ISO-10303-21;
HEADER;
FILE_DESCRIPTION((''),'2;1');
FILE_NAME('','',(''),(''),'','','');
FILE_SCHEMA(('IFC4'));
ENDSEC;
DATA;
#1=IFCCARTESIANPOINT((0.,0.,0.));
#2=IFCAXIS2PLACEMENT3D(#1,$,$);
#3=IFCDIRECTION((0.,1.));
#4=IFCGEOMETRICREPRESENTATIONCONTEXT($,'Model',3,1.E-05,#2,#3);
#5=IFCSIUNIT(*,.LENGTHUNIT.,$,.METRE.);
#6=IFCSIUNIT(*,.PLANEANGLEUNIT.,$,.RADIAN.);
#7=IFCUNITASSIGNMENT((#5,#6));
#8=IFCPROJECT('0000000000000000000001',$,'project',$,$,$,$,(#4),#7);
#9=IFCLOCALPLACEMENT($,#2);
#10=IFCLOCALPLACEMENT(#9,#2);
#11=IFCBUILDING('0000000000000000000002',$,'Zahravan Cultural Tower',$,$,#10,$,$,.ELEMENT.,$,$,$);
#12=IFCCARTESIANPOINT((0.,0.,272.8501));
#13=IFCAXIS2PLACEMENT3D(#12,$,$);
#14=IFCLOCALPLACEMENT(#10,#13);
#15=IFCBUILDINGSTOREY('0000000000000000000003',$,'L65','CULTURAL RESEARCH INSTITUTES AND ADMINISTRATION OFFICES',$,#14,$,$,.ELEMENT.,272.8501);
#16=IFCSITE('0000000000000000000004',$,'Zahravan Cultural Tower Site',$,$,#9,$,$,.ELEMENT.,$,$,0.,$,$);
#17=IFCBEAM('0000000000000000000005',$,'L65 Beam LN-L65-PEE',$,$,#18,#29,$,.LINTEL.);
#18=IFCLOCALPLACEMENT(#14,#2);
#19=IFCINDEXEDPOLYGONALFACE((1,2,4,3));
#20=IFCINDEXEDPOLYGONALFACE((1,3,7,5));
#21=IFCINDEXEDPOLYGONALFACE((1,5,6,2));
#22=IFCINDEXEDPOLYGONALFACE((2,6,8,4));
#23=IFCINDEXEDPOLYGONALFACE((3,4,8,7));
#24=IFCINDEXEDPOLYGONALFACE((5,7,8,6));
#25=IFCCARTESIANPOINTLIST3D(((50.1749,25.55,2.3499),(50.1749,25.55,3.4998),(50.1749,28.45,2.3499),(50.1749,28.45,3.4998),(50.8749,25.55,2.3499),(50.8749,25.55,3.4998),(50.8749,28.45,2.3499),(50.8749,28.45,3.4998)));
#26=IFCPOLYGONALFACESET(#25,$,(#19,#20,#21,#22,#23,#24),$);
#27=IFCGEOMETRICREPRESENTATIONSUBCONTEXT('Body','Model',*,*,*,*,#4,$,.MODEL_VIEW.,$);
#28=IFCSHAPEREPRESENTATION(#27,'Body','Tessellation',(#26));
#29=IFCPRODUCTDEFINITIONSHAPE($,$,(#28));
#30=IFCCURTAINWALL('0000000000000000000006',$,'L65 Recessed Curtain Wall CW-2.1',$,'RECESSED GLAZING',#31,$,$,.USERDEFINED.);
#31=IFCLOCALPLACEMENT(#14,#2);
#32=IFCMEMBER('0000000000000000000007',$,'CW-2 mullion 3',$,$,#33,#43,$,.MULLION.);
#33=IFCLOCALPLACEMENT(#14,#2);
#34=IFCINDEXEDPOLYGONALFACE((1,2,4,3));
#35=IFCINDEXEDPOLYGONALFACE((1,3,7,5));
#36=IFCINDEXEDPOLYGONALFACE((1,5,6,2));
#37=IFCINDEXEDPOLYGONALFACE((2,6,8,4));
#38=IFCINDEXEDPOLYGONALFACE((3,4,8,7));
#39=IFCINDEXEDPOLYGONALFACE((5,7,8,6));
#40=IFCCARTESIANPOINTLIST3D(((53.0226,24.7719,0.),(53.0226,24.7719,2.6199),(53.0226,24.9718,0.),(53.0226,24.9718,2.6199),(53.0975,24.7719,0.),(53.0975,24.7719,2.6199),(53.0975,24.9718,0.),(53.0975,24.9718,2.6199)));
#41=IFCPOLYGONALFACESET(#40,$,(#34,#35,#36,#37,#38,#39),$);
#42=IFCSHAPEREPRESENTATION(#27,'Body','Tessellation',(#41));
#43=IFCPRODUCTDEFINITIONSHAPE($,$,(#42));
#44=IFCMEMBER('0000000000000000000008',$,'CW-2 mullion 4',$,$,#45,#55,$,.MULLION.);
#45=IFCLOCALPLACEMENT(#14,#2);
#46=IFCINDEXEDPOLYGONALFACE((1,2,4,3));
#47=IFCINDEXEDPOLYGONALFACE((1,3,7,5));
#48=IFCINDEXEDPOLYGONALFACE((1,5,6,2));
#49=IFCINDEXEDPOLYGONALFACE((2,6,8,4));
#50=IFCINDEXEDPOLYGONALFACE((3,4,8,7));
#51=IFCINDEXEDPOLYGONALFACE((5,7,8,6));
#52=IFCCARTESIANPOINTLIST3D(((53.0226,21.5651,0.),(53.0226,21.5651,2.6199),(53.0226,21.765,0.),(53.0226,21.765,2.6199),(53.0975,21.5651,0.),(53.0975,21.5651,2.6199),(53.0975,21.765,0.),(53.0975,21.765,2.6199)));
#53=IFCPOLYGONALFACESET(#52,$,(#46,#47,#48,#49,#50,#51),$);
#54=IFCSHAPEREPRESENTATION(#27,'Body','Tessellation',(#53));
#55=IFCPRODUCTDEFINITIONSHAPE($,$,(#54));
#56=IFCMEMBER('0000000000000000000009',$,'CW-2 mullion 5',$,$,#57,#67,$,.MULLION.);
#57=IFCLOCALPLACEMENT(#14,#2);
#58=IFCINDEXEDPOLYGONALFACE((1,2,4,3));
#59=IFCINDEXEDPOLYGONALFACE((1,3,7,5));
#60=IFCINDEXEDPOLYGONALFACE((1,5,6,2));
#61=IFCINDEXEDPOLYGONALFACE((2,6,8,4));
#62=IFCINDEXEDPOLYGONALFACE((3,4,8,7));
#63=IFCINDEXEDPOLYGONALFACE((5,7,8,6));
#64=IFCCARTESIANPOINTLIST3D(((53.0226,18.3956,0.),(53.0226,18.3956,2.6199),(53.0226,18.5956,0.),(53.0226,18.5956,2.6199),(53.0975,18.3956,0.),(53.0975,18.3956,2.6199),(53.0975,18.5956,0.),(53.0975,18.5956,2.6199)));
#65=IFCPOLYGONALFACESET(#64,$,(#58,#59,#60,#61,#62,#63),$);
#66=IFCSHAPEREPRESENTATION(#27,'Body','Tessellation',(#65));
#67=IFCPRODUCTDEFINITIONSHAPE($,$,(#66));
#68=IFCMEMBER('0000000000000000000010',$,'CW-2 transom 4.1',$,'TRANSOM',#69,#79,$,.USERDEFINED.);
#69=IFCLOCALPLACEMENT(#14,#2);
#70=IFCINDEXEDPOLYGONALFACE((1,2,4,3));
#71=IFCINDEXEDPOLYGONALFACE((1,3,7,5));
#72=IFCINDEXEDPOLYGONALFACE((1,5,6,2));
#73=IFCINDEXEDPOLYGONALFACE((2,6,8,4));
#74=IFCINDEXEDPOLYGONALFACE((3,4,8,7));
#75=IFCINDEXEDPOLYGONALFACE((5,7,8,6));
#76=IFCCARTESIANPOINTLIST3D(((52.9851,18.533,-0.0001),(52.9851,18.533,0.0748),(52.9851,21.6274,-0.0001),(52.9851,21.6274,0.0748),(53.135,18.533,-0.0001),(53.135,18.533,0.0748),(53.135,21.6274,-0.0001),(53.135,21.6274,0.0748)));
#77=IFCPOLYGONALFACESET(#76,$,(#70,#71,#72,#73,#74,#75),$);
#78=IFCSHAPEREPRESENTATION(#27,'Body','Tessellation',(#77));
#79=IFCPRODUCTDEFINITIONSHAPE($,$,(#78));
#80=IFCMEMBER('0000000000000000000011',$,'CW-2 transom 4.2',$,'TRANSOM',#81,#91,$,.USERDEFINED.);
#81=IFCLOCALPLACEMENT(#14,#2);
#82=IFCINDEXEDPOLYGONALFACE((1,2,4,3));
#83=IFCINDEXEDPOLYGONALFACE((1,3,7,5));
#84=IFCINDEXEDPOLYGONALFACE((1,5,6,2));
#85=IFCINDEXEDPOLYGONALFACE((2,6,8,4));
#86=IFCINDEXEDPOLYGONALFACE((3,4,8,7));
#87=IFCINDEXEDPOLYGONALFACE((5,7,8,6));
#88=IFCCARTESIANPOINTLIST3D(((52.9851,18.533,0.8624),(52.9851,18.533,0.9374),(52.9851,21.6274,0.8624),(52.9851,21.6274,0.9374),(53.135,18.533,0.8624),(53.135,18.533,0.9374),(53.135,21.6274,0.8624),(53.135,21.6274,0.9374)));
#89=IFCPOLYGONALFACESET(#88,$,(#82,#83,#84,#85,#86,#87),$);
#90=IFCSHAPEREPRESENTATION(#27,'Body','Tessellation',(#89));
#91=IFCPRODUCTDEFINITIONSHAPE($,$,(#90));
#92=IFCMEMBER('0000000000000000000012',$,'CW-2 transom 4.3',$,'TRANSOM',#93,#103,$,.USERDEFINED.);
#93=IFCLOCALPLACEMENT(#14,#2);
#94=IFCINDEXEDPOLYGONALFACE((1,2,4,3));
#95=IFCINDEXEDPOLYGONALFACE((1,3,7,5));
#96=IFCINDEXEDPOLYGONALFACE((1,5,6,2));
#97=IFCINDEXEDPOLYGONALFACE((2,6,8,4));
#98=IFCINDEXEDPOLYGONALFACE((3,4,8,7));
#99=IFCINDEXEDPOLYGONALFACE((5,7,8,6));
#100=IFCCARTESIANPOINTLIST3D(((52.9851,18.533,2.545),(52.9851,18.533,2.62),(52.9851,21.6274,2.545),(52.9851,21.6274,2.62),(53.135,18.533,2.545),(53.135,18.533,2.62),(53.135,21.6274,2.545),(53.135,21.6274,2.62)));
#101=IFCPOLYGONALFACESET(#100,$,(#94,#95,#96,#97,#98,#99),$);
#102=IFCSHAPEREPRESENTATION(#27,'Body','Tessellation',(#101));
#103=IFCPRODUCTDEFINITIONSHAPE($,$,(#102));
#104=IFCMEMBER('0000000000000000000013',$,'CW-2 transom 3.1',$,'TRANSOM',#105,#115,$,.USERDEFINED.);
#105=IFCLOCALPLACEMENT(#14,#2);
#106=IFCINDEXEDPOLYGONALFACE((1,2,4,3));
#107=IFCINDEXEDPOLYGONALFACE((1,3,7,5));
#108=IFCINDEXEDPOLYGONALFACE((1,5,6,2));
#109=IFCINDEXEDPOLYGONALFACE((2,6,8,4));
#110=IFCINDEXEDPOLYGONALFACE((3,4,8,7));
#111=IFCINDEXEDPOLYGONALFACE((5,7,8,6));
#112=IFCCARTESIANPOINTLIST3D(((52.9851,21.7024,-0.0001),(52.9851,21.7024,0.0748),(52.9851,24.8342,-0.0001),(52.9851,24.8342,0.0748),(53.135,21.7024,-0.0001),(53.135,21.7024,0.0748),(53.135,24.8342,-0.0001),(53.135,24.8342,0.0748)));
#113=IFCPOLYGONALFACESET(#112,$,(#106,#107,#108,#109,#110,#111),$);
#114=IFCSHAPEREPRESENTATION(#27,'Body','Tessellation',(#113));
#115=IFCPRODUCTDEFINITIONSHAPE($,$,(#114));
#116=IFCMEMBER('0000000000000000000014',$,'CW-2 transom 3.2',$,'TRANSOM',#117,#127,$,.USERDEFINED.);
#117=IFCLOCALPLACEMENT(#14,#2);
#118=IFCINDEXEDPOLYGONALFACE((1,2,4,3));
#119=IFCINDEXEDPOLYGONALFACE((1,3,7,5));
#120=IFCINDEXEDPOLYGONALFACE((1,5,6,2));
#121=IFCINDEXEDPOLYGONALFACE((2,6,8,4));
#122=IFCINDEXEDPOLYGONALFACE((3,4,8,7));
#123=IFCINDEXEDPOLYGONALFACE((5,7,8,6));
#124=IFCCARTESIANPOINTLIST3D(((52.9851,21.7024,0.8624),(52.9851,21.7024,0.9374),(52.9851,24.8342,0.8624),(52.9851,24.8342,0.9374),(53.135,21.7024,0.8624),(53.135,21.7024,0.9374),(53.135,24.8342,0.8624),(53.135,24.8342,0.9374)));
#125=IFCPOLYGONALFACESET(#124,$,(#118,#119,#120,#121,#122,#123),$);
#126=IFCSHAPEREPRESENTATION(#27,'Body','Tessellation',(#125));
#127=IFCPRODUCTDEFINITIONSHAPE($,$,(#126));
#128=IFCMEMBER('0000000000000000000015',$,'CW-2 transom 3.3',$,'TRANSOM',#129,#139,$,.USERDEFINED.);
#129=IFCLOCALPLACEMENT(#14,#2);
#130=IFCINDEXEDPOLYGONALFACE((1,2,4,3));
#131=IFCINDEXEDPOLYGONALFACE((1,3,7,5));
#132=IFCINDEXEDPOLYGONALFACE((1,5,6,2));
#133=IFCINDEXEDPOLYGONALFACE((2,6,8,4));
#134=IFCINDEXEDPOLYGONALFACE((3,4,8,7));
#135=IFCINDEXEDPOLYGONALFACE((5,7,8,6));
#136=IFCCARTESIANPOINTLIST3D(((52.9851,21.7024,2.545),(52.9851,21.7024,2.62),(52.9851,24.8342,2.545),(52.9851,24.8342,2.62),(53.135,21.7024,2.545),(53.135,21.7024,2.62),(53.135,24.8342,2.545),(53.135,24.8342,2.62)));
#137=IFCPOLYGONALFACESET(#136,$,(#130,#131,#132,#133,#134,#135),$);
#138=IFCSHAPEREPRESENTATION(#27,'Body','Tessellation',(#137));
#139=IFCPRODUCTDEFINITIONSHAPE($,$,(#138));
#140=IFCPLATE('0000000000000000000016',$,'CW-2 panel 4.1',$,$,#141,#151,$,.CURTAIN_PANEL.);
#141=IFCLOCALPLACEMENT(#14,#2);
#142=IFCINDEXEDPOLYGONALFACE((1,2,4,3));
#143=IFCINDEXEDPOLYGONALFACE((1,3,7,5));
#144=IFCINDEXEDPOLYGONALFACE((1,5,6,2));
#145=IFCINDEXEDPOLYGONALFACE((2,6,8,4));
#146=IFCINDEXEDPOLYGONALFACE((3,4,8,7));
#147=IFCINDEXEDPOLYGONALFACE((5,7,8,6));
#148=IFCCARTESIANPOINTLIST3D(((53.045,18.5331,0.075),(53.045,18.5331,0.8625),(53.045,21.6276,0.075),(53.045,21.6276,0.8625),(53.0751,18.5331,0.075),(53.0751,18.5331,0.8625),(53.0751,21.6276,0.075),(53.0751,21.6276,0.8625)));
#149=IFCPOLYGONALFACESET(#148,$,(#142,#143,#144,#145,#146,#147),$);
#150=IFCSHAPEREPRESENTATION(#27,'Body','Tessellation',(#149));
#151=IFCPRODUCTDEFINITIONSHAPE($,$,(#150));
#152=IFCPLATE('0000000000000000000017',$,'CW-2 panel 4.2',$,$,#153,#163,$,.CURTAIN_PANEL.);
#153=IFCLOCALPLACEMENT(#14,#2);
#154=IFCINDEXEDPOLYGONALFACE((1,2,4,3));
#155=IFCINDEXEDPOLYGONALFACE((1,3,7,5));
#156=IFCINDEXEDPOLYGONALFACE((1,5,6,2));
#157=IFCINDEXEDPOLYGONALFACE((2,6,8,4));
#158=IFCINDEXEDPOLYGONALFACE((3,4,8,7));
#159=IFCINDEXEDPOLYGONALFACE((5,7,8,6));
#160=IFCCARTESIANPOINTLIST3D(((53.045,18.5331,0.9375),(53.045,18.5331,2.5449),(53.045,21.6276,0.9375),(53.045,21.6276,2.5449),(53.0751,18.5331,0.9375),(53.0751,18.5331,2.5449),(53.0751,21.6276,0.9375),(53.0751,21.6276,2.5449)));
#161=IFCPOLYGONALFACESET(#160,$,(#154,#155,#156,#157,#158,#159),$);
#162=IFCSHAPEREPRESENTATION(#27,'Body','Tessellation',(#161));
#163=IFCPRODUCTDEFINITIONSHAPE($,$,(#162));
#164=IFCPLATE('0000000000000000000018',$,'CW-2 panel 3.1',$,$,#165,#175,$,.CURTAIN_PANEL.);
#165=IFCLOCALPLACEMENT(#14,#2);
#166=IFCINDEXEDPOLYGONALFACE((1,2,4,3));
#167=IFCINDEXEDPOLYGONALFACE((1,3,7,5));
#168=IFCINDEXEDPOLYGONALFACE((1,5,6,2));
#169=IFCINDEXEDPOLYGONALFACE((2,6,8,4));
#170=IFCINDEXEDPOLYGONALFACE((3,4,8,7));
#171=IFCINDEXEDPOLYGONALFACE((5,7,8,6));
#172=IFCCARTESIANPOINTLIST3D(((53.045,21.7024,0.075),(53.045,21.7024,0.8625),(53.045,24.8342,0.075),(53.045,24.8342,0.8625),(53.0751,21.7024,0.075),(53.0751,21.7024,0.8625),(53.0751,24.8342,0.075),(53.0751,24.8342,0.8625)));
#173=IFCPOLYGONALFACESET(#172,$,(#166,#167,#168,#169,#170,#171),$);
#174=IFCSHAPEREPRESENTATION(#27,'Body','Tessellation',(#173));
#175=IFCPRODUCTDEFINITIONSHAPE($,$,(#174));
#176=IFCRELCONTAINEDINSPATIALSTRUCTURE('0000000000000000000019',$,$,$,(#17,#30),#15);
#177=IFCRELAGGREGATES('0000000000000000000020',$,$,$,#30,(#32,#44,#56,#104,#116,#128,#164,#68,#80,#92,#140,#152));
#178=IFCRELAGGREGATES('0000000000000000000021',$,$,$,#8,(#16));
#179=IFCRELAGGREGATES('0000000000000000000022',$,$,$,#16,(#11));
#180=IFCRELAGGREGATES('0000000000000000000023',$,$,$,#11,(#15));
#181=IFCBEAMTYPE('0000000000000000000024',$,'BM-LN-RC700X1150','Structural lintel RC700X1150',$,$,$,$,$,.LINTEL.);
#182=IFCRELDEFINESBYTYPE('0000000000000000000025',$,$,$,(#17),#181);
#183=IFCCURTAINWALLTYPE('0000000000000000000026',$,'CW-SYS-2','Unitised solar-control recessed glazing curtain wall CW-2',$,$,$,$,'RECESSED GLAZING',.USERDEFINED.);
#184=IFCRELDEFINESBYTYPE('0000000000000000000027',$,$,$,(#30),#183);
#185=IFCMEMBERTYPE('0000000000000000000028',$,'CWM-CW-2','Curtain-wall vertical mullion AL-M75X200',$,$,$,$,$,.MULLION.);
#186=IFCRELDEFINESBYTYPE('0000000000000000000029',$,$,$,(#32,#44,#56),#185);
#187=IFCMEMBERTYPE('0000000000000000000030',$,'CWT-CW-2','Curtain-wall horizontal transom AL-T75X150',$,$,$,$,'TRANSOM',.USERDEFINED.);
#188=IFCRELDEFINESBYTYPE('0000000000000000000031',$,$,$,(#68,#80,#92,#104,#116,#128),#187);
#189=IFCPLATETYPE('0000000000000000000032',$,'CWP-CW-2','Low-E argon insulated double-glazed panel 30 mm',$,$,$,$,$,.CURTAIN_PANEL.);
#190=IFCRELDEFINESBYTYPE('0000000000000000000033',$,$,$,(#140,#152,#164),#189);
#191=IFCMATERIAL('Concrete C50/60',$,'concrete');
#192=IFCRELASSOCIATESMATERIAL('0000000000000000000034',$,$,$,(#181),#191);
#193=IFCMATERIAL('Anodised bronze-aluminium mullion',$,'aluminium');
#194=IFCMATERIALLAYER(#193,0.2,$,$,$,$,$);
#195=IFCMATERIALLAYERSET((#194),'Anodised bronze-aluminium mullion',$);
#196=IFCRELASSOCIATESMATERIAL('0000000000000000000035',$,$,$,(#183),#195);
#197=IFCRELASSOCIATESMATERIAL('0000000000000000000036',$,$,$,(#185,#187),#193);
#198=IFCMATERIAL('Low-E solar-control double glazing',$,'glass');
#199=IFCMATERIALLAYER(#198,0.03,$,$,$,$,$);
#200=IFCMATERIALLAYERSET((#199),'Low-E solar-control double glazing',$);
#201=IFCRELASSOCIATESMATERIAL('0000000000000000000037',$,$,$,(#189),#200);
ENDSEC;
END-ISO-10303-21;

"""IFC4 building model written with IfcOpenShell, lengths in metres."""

from ifc_helpers import new_model, si_unit, direction, frame, origin, origin_2d, place, context, subcontext, project, spatial, rectangle, extrude, source, transform, mapped, material, layer, layer_set, material_profile, profile_set, type_object, element, aggregate, save


model = new_model("IFC4")

# Units and contexts
model_context = context("Model", 3, precision=1e-05, world=origin(), true_north=direction((0.0, 1.0)))
body_context = subcontext(model_context, "Body", "Model", "MODEL_VIEW")
ifc_project = project(units=[si_unit("LENGTHUNIT", "METRE"), si_unit("PLANEANGLEUNIT", "RADIAN")], contexts=[model_context])

# Site, building, storey
site_placement = place(None, origin())
site = spatial("IfcSite", under=ifc_project, at=site_placement, Name="Zahravan Cultural Tower Site", CompositionType="ELEMENT", RefElevation=0.0)
building_placement = place(site_placement, origin())
building = spatial("IfcBuilding", under=site, at=building_placement, Name="Zahravan Cultural Tower", CompositionType="ELEMENT")
storey_placement = place(building_placement, frame((0.0, 0.0, 272.8501)))
storey = spatial("IfcBuildingStorey", under=building, at=storey_placement, Name="L65", Description="CULTURAL RESEARCH INSTITUTES AND ADMINISTRATION OFFICES", CompositionType="ELEMENT", Elevation=272.8501)

# Beam
ifc_material_1 = material(Name="Concrete C50/60", Category="concrete")
ifc_material_profile_1 = material_profile(ifc_material_1, rectangle(XDim=0.7, YDim=1.1499, at=origin_2d()), Name="RC700X1150")
ifc_profile_set_1 = profile_set([ifc_material_profile_1], Name="Concrete C50/60")
beam_type = type_object("IfcBeamType", Name="BM-LN-RC700X1150", Description="Structural lintel RC700X1150", PredefinedType="LINTEL", material=ifc_profile_set_1)
shared_shape_1 = source(origin(), body_context, "Body", "SweptSolid", [
    extrude(rectangle(XDim=0.7, YDim=1.1499, at=origin_2d()), origin(), (0.0, 0.0, 1.0), 2.8999),
])
beam_placement = place(storey_placement, frame((50.5249, 25.55, 2.9248), z_axis=(0.0, 1.0, 0.0), x_axis=(-1.0, 0.0, 0.0)))
element("IfcBeam", 1, at=beam_placement, inside=storey, type_object=beam_type, Name="L65 Beam LN-L65-PEE", PredefinedType="LINTEL", context=body_context, shape_type="MappedRepresentation", body=[
    mapped(shared_shape_1, transform((0.0, 0.0, 0.0), x_axis=(1.0, 0.0, 0.0), y_axis=(0.0, 1.0, 0.0), z_axis=(0.0, 0.0, 1.0), scale=1.0)),
])

# Curtain wall, members, plates
ifc_material_2 = material(Name="Anodised bronze-aluminium mullion", Category="aluminium")
ifc_layer_1 = layer(ifc_material_2, 0.2)
ifc_layer_set_1 = layer_set([ifc_layer_1], Name="Anodised bronze-aluminium mullion")
curtain_wall_type = type_object("IfcCurtainWallType", Name="CW-SYS-2", Description="Unitised solar-control recessed glazing curtain wall CW-2", ElementType="RECESSED GLAZING", PredefinedType="USERDEFINED", material=ifc_layer_set_1)
curtain_wall_placement = place(storey_placement, origin())
curtain_wall = element("IfcCurtainWall", 2, at=curtain_wall_placement, inside=storey, type_object=curtain_wall_type, Name="L65 Recessed Curtain Wall CW-2.1", ObjectType="RECESSED GLAZING", PredefinedType="USERDEFINED")
ifc_material_profile_2 = material_profile(ifc_material_2, rectangle(XDim=0.075, YDim=0.2, at=origin_2d()), Name="AL-M75X200")
ifc_profile_set_2 = profile_set([ifc_material_profile_2], Name="Anodised bronze-aluminium mullion")
member_type_1 = type_object("IfcMemberType", Name="CWM-CW-2", Description="Curtain-wall vertical mullion AL-M75X200", PredefinedType="MULLION", material=ifc_profile_set_2)
shared_shape_2 = source(origin(), body_context, "Body", "SweptSolid", [
    extrude(rectangle(XDim=0.075, YDim=0.2, at=origin_2d()), origin(), (0.0, 0.0, 1.0), 2.6199),
])
member_1_placement = place(storey_placement, frame((53.0601, 24.8718, 0.0), z_axis=(0.0, 0.0, 1.0), x_axis=(1.0, 0.0, 0.0)))
member_1 = element("IfcMember", 3, at=member_1_placement, type_object=member_type_1, Name="CW-2 mullion 3", PredefinedType="MULLION", context=body_context, shape_type="MappedRepresentation", body=[
    mapped(shared_shape_2, transform((0.0, 0.0, 0.0), x_axis=(1.0, 0.0, 0.0), y_axis=(0.0, 1.0, 0.0), z_axis=(0.0, 0.0, 1.0), scale=1.0)),
])
member_2_placement = place(storey_placement, frame((53.0601, 21.665, 0.0), z_axis=(0.0, 0.0, 1.0), x_axis=(1.0, 0.0, 0.0)))
member_2 = element("IfcMember", 4, at=member_2_placement, type_object=member_type_1, Name="CW-2 mullion 4", PredefinedType="MULLION", context=body_context, shape_type="MappedRepresentation", body=[
    mapped(shared_shape_2, transform((0.0, 0.0, 0.0), x_axis=(1.0, 0.0, 0.0), y_axis=(0.0, 1.0, 0.0), z_axis=(0.0, 0.0, 1.0), scale=1.0)),
])
member_3_placement = place(storey_placement, frame((53.0601, 18.4956, 0.0), z_axis=(0.0, 0.0, 1.0), x_axis=(1.0, 0.0, 0.0)))
member_3 = element("IfcMember", 5, at=member_3_placement, type_object=member_type_1, Name="CW-2 mullion 5", PredefinedType="MULLION", context=body_context, shape_type="MappedRepresentation", body=[
    mapped(shared_shape_2, transform((0.0, 0.0, 0.0), x_axis=(1.0, 0.0, 0.0), y_axis=(0.0, 1.0, 0.0), z_axis=(0.0, 0.0, 1.0), scale=1.0)),
])
ifc_material_profile_3 = material_profile(ifc_material_2, rectangle(XDim=0.1499, YDim=0.075, at=origin_2d()), Name="AL-T75X150")
ifc_profile_set_3 = profile_set([ifc_material_profile_3], Name="Anodised bronze-aluminium mullion")
member_type_2 = type_object("IfcMemberType", Name="CWT-CW-2", Description="Curtain-wall horizontal transom AL-T75X150", ElementType="TRANSOM", PredefinedType="USERDEFINED", material=ifc_profile_set_3)
shared_shape_3 = source(origin(), body_context, "Body", "SweptSolid", [
    extrude(rectangle(XDim=0.1499, YDim=0.075, at=origin_2d()), origin(), (0.0, 0.0, 1.0), 3.0945),
])
member_4_placement = place(storey_placement, frame((53.0601, 21.6274, 0.0374), z_axis=(0.0, -1.0, 0.0), x_axis=(1.0, 0.0, 0.0)))
member_4 = element("IfcMember", 6, at=member_4_placement, type_object=member_type_2, Name="CW-2 transom 4.1", ObjectType="TRANSOM", PredefinedType="USERDEFINED", context=body_context, shape_type="MappedRepresentation", body=[
    mapped(shared_shape_3, transform((0.0, 0.0, 0.0), x_axis=(1.0, 0.0, 0.0), y_axis=(0.0, 1.0, 0.0), z_axis=(0.0, 0.0, 1.0), scale=1.0)),
])
member_5_placement = place(storey_placement, frame((53.0601, 21.6274, 0.8999), z_axis=(0.0, -1.0, 0.0), x_axis=(1.0, 0.0, 0.0)))
member_5 = element("IfcMember", 7, at=member_5_placement, type_object=member_type_2, Name="CW-2 transom 4.2", ObjectType="TRANSOM", PredefinedType="USERDEFINED", context=body_context, shape_type="MappedRepresentation", body=[
    mapped(shared_shape_3, transform((0.0, 0.0, 0.0), x_axis=(1.0, 0.0, 0.0), y_axis=(0.0, 1.0, 0.0), z_axis=(0.0, 0.0, 1.0), scale=1.0)),
])
member_6_placement = place(storey_placement, frame((53.0601, 21.6274, 2.5825), z_axis=(0.0, -1.0, 0.0), x_axis=(1.0, 0.0, 0.0)))
member_6 = element("IfcMember", 8, at=member_6_placement, type_object=member_type_2, Name="CW-2 transom 4.3", ObjectType="TRANSOM", PredefinedType="USERDEFINED", context=body_context, shape_type="MappedRepresentation", body=[
    mapped(shared_shape_3, transform((0.0, 0.0, 0.0), x_axis=(1.0, 0.0, 0.0), y_axis=(0.0, 1.0, 0.0), z_axis=(0.0, 0.0, 1.0), scale=1.0)),
])
shared_shape_4 = source(origin(), body_context, "Body", "SweptSolid", [
    extrude(rectangle(XDim=0.1499, YDim=0.075, at=origin_2d()), origin(), (0.0, 0.0, 1.0), 3.1318),
])
member_7_placement = place(storey_placement, frame((53.0601, 24.8342, 0.0374), z_axis=(0.0, -1.0, 0.0), x_axis=(1.0, 0.0, 0.0)))
member_7 = element("IfcMember", 9, at=member_7_placement, type_object=member_type_2, Name="CW-2 transom 3.1", ObjectType="TRANSOM", PredefinedType="USERDEFINED", context=body_context, shape_type="MappedRepresentation", body=[
    mapped(shared_shape_4, transform((0.0, 0.0, 0.0), x_axis=(1.0, 0.0, 0.0), y_axis=(0.0, 1.0, 0.0), z_axis=(0.0, 0.0, 1.0), scale=1.0)),
])
member_8_placement = place(storey_placement, frame((53.0601, 24.8342, 0.8999), z_axis=(0.0, -1.0, 0.0), x_axis=(1.0, 0.0, 0.0)))
member_8 = element("IfcMember", 10, at=member_8_placement, type_object=member_type_2, Name="CW-2 transom 3.2", ObjectType="TRANSOM", PredefinedType="USERDEFINED", context=body_context, shape_type="MappedRepresentation", body=[
    mapped(shared_shape_4, transform((0.0, 0.0, 0.0), x_axis=(1.0, 0.0, 0.0), y_axis=(0.0, 1.0, 0.0), z_axis=(0.0, 0.0, 1.0), scale=1.0)),
])
member_9_placement = place(storey_placement, frame((53.0601, 24.8342, 2.5825), z_axis=(0.0, -1.0, 0.0), x_axis=(1.0, 0.0, 0.0)))
member_9 = element("IfcMember", 11, at=member_9_placement, type_object=member_type_2, Name="CW-2 transom 3.3", ObjectType="TRANSOM", PredefinedType="USERDEFINED", context=body_context, shape_type="MappedRepresentation", body=[
    mapped(shared_shape_4, transform((0.0, 0.0, 0.0), x_axis=(1.0, 0.0, 0.0), y_axis=(0.0, 1.0, 0.0), z_axis=(0.0, 0.0, 1.0), scale=1.0)),
])
ifc_material_3 = material(Name="Low-E solar-control double glazing", Category="glass")
ifc_layer_2 = layer(ifc_material_3, 0.03)
ifc_layer_set_2 = layer_set([ifc_layer_2], Name="Low-E solar-control double glazing")
plate_type = type_object("IfcPlateType", Name="CWP-CW-2", Description="Low-E argon insulated double-glazed panel 30 mm", PredefinedType="CURTAIN_PANEL", material=ifc_layer_set_2)
shared_shape_5 = source(origin(), body_context, "Body", "SweptSolid", [
    extrude(rectangle(XDim=3.0945, YDim=0.03, at=origin_2d()), origin(), (0.0, 0.0, 1.0), 0.7876),
])
plate_1_placement = place(storey_placement, frame((53.0601, 20.0803, 0.075), z_axis=(0.0, 0.0, 1.0), x_axis=(0.0, -1.0, 0.0)))
plate_1 = element("IfcPlate", 12, at=plate_1_placement, type_object=plate_type, Name="CW-2 panel 4.1", PredefinedType="CURTAIN_PANEL", context=body_context, shape_type="MappedRepresentation", body=[
    mapped(shared_shape_5, transform((0.0, 0.0, 0.0), x_axis=(1.0, 0.0, 0.0), y_axis=(0.0, 1.0, 0.0), z_axis=(0.0, 0.0, 1.0), scale=1.0)),
])
shared_shape_6 = source(origin(), body_context, "Body", "SweptSolid", [
    extrude(rectangle(XDim=3.0945, YDim=0.03, at=origin_2d()), origin(), (0.0, 0.0, 1.0), 1.6074),
])
plate_2_placement = place(storey_placement, frame((53.0601, 20.0803, 0.9375), z_axis=(0.0, 0.0, 1.0), x_axis=(0.0, -1.0, 0.0)))
plate_2 = element("IfcPlate", 13, at=plate_2_placement, type_object=plate_type, Name="CW-2 panel 4.2", PredefinedType="CURTAIN_PANEL", context=body_context, shape_type="MappedRepresentation", body=[
    mapped(shared_shape_6, transform((0.0, 0.0, 0.0), x_axis=(1.0, 0.0, 0.0), y_axis=(0.0, 1.0, 0.0), z_axis=(0.0, 0.0, 1.0), scale=1.0)),
])
shared_shape_7 = source(origin(), body_context, "Body", "SweptSolid", [
    extrude(rectangle(XDim=3.1318, YDim=0.03, at=origin_2d()), origin(), (0.0, 0.0, 1.0), 0.7876),
])
plate_3_placement = place(storey_placement, frame((53.0601, 23.2683, 0.075), z_axis=(0.0, 0.0, 1.0), x_axis=(0.0, -1.0, 0.0)))
plate_3 = element("IfcPlate", 14, at=plate_3_placement, type_object=plate_type, Name="CW-2 panel 3.1", PredefinedType="CURTAIN_PANEL", context=body_context, shape_type="MappedRepresentation", body=[
    mapped(shared_shape_7, transform((0.0, 0.0, 0.0), x_axis=(1.0, 0.0, 0.0), y_axis=(0.0, 1.0, 0.0), z_axis=(0.0, 0.0, 1.0), scale=1.0)),
])
aggregate(curtain_wall, [member_1, member_2, member_3, member_7, member_8, member_9, plate_3, member_4, member_5, member_6, plate_1, plate_2])

save(model, "model.ifc")
